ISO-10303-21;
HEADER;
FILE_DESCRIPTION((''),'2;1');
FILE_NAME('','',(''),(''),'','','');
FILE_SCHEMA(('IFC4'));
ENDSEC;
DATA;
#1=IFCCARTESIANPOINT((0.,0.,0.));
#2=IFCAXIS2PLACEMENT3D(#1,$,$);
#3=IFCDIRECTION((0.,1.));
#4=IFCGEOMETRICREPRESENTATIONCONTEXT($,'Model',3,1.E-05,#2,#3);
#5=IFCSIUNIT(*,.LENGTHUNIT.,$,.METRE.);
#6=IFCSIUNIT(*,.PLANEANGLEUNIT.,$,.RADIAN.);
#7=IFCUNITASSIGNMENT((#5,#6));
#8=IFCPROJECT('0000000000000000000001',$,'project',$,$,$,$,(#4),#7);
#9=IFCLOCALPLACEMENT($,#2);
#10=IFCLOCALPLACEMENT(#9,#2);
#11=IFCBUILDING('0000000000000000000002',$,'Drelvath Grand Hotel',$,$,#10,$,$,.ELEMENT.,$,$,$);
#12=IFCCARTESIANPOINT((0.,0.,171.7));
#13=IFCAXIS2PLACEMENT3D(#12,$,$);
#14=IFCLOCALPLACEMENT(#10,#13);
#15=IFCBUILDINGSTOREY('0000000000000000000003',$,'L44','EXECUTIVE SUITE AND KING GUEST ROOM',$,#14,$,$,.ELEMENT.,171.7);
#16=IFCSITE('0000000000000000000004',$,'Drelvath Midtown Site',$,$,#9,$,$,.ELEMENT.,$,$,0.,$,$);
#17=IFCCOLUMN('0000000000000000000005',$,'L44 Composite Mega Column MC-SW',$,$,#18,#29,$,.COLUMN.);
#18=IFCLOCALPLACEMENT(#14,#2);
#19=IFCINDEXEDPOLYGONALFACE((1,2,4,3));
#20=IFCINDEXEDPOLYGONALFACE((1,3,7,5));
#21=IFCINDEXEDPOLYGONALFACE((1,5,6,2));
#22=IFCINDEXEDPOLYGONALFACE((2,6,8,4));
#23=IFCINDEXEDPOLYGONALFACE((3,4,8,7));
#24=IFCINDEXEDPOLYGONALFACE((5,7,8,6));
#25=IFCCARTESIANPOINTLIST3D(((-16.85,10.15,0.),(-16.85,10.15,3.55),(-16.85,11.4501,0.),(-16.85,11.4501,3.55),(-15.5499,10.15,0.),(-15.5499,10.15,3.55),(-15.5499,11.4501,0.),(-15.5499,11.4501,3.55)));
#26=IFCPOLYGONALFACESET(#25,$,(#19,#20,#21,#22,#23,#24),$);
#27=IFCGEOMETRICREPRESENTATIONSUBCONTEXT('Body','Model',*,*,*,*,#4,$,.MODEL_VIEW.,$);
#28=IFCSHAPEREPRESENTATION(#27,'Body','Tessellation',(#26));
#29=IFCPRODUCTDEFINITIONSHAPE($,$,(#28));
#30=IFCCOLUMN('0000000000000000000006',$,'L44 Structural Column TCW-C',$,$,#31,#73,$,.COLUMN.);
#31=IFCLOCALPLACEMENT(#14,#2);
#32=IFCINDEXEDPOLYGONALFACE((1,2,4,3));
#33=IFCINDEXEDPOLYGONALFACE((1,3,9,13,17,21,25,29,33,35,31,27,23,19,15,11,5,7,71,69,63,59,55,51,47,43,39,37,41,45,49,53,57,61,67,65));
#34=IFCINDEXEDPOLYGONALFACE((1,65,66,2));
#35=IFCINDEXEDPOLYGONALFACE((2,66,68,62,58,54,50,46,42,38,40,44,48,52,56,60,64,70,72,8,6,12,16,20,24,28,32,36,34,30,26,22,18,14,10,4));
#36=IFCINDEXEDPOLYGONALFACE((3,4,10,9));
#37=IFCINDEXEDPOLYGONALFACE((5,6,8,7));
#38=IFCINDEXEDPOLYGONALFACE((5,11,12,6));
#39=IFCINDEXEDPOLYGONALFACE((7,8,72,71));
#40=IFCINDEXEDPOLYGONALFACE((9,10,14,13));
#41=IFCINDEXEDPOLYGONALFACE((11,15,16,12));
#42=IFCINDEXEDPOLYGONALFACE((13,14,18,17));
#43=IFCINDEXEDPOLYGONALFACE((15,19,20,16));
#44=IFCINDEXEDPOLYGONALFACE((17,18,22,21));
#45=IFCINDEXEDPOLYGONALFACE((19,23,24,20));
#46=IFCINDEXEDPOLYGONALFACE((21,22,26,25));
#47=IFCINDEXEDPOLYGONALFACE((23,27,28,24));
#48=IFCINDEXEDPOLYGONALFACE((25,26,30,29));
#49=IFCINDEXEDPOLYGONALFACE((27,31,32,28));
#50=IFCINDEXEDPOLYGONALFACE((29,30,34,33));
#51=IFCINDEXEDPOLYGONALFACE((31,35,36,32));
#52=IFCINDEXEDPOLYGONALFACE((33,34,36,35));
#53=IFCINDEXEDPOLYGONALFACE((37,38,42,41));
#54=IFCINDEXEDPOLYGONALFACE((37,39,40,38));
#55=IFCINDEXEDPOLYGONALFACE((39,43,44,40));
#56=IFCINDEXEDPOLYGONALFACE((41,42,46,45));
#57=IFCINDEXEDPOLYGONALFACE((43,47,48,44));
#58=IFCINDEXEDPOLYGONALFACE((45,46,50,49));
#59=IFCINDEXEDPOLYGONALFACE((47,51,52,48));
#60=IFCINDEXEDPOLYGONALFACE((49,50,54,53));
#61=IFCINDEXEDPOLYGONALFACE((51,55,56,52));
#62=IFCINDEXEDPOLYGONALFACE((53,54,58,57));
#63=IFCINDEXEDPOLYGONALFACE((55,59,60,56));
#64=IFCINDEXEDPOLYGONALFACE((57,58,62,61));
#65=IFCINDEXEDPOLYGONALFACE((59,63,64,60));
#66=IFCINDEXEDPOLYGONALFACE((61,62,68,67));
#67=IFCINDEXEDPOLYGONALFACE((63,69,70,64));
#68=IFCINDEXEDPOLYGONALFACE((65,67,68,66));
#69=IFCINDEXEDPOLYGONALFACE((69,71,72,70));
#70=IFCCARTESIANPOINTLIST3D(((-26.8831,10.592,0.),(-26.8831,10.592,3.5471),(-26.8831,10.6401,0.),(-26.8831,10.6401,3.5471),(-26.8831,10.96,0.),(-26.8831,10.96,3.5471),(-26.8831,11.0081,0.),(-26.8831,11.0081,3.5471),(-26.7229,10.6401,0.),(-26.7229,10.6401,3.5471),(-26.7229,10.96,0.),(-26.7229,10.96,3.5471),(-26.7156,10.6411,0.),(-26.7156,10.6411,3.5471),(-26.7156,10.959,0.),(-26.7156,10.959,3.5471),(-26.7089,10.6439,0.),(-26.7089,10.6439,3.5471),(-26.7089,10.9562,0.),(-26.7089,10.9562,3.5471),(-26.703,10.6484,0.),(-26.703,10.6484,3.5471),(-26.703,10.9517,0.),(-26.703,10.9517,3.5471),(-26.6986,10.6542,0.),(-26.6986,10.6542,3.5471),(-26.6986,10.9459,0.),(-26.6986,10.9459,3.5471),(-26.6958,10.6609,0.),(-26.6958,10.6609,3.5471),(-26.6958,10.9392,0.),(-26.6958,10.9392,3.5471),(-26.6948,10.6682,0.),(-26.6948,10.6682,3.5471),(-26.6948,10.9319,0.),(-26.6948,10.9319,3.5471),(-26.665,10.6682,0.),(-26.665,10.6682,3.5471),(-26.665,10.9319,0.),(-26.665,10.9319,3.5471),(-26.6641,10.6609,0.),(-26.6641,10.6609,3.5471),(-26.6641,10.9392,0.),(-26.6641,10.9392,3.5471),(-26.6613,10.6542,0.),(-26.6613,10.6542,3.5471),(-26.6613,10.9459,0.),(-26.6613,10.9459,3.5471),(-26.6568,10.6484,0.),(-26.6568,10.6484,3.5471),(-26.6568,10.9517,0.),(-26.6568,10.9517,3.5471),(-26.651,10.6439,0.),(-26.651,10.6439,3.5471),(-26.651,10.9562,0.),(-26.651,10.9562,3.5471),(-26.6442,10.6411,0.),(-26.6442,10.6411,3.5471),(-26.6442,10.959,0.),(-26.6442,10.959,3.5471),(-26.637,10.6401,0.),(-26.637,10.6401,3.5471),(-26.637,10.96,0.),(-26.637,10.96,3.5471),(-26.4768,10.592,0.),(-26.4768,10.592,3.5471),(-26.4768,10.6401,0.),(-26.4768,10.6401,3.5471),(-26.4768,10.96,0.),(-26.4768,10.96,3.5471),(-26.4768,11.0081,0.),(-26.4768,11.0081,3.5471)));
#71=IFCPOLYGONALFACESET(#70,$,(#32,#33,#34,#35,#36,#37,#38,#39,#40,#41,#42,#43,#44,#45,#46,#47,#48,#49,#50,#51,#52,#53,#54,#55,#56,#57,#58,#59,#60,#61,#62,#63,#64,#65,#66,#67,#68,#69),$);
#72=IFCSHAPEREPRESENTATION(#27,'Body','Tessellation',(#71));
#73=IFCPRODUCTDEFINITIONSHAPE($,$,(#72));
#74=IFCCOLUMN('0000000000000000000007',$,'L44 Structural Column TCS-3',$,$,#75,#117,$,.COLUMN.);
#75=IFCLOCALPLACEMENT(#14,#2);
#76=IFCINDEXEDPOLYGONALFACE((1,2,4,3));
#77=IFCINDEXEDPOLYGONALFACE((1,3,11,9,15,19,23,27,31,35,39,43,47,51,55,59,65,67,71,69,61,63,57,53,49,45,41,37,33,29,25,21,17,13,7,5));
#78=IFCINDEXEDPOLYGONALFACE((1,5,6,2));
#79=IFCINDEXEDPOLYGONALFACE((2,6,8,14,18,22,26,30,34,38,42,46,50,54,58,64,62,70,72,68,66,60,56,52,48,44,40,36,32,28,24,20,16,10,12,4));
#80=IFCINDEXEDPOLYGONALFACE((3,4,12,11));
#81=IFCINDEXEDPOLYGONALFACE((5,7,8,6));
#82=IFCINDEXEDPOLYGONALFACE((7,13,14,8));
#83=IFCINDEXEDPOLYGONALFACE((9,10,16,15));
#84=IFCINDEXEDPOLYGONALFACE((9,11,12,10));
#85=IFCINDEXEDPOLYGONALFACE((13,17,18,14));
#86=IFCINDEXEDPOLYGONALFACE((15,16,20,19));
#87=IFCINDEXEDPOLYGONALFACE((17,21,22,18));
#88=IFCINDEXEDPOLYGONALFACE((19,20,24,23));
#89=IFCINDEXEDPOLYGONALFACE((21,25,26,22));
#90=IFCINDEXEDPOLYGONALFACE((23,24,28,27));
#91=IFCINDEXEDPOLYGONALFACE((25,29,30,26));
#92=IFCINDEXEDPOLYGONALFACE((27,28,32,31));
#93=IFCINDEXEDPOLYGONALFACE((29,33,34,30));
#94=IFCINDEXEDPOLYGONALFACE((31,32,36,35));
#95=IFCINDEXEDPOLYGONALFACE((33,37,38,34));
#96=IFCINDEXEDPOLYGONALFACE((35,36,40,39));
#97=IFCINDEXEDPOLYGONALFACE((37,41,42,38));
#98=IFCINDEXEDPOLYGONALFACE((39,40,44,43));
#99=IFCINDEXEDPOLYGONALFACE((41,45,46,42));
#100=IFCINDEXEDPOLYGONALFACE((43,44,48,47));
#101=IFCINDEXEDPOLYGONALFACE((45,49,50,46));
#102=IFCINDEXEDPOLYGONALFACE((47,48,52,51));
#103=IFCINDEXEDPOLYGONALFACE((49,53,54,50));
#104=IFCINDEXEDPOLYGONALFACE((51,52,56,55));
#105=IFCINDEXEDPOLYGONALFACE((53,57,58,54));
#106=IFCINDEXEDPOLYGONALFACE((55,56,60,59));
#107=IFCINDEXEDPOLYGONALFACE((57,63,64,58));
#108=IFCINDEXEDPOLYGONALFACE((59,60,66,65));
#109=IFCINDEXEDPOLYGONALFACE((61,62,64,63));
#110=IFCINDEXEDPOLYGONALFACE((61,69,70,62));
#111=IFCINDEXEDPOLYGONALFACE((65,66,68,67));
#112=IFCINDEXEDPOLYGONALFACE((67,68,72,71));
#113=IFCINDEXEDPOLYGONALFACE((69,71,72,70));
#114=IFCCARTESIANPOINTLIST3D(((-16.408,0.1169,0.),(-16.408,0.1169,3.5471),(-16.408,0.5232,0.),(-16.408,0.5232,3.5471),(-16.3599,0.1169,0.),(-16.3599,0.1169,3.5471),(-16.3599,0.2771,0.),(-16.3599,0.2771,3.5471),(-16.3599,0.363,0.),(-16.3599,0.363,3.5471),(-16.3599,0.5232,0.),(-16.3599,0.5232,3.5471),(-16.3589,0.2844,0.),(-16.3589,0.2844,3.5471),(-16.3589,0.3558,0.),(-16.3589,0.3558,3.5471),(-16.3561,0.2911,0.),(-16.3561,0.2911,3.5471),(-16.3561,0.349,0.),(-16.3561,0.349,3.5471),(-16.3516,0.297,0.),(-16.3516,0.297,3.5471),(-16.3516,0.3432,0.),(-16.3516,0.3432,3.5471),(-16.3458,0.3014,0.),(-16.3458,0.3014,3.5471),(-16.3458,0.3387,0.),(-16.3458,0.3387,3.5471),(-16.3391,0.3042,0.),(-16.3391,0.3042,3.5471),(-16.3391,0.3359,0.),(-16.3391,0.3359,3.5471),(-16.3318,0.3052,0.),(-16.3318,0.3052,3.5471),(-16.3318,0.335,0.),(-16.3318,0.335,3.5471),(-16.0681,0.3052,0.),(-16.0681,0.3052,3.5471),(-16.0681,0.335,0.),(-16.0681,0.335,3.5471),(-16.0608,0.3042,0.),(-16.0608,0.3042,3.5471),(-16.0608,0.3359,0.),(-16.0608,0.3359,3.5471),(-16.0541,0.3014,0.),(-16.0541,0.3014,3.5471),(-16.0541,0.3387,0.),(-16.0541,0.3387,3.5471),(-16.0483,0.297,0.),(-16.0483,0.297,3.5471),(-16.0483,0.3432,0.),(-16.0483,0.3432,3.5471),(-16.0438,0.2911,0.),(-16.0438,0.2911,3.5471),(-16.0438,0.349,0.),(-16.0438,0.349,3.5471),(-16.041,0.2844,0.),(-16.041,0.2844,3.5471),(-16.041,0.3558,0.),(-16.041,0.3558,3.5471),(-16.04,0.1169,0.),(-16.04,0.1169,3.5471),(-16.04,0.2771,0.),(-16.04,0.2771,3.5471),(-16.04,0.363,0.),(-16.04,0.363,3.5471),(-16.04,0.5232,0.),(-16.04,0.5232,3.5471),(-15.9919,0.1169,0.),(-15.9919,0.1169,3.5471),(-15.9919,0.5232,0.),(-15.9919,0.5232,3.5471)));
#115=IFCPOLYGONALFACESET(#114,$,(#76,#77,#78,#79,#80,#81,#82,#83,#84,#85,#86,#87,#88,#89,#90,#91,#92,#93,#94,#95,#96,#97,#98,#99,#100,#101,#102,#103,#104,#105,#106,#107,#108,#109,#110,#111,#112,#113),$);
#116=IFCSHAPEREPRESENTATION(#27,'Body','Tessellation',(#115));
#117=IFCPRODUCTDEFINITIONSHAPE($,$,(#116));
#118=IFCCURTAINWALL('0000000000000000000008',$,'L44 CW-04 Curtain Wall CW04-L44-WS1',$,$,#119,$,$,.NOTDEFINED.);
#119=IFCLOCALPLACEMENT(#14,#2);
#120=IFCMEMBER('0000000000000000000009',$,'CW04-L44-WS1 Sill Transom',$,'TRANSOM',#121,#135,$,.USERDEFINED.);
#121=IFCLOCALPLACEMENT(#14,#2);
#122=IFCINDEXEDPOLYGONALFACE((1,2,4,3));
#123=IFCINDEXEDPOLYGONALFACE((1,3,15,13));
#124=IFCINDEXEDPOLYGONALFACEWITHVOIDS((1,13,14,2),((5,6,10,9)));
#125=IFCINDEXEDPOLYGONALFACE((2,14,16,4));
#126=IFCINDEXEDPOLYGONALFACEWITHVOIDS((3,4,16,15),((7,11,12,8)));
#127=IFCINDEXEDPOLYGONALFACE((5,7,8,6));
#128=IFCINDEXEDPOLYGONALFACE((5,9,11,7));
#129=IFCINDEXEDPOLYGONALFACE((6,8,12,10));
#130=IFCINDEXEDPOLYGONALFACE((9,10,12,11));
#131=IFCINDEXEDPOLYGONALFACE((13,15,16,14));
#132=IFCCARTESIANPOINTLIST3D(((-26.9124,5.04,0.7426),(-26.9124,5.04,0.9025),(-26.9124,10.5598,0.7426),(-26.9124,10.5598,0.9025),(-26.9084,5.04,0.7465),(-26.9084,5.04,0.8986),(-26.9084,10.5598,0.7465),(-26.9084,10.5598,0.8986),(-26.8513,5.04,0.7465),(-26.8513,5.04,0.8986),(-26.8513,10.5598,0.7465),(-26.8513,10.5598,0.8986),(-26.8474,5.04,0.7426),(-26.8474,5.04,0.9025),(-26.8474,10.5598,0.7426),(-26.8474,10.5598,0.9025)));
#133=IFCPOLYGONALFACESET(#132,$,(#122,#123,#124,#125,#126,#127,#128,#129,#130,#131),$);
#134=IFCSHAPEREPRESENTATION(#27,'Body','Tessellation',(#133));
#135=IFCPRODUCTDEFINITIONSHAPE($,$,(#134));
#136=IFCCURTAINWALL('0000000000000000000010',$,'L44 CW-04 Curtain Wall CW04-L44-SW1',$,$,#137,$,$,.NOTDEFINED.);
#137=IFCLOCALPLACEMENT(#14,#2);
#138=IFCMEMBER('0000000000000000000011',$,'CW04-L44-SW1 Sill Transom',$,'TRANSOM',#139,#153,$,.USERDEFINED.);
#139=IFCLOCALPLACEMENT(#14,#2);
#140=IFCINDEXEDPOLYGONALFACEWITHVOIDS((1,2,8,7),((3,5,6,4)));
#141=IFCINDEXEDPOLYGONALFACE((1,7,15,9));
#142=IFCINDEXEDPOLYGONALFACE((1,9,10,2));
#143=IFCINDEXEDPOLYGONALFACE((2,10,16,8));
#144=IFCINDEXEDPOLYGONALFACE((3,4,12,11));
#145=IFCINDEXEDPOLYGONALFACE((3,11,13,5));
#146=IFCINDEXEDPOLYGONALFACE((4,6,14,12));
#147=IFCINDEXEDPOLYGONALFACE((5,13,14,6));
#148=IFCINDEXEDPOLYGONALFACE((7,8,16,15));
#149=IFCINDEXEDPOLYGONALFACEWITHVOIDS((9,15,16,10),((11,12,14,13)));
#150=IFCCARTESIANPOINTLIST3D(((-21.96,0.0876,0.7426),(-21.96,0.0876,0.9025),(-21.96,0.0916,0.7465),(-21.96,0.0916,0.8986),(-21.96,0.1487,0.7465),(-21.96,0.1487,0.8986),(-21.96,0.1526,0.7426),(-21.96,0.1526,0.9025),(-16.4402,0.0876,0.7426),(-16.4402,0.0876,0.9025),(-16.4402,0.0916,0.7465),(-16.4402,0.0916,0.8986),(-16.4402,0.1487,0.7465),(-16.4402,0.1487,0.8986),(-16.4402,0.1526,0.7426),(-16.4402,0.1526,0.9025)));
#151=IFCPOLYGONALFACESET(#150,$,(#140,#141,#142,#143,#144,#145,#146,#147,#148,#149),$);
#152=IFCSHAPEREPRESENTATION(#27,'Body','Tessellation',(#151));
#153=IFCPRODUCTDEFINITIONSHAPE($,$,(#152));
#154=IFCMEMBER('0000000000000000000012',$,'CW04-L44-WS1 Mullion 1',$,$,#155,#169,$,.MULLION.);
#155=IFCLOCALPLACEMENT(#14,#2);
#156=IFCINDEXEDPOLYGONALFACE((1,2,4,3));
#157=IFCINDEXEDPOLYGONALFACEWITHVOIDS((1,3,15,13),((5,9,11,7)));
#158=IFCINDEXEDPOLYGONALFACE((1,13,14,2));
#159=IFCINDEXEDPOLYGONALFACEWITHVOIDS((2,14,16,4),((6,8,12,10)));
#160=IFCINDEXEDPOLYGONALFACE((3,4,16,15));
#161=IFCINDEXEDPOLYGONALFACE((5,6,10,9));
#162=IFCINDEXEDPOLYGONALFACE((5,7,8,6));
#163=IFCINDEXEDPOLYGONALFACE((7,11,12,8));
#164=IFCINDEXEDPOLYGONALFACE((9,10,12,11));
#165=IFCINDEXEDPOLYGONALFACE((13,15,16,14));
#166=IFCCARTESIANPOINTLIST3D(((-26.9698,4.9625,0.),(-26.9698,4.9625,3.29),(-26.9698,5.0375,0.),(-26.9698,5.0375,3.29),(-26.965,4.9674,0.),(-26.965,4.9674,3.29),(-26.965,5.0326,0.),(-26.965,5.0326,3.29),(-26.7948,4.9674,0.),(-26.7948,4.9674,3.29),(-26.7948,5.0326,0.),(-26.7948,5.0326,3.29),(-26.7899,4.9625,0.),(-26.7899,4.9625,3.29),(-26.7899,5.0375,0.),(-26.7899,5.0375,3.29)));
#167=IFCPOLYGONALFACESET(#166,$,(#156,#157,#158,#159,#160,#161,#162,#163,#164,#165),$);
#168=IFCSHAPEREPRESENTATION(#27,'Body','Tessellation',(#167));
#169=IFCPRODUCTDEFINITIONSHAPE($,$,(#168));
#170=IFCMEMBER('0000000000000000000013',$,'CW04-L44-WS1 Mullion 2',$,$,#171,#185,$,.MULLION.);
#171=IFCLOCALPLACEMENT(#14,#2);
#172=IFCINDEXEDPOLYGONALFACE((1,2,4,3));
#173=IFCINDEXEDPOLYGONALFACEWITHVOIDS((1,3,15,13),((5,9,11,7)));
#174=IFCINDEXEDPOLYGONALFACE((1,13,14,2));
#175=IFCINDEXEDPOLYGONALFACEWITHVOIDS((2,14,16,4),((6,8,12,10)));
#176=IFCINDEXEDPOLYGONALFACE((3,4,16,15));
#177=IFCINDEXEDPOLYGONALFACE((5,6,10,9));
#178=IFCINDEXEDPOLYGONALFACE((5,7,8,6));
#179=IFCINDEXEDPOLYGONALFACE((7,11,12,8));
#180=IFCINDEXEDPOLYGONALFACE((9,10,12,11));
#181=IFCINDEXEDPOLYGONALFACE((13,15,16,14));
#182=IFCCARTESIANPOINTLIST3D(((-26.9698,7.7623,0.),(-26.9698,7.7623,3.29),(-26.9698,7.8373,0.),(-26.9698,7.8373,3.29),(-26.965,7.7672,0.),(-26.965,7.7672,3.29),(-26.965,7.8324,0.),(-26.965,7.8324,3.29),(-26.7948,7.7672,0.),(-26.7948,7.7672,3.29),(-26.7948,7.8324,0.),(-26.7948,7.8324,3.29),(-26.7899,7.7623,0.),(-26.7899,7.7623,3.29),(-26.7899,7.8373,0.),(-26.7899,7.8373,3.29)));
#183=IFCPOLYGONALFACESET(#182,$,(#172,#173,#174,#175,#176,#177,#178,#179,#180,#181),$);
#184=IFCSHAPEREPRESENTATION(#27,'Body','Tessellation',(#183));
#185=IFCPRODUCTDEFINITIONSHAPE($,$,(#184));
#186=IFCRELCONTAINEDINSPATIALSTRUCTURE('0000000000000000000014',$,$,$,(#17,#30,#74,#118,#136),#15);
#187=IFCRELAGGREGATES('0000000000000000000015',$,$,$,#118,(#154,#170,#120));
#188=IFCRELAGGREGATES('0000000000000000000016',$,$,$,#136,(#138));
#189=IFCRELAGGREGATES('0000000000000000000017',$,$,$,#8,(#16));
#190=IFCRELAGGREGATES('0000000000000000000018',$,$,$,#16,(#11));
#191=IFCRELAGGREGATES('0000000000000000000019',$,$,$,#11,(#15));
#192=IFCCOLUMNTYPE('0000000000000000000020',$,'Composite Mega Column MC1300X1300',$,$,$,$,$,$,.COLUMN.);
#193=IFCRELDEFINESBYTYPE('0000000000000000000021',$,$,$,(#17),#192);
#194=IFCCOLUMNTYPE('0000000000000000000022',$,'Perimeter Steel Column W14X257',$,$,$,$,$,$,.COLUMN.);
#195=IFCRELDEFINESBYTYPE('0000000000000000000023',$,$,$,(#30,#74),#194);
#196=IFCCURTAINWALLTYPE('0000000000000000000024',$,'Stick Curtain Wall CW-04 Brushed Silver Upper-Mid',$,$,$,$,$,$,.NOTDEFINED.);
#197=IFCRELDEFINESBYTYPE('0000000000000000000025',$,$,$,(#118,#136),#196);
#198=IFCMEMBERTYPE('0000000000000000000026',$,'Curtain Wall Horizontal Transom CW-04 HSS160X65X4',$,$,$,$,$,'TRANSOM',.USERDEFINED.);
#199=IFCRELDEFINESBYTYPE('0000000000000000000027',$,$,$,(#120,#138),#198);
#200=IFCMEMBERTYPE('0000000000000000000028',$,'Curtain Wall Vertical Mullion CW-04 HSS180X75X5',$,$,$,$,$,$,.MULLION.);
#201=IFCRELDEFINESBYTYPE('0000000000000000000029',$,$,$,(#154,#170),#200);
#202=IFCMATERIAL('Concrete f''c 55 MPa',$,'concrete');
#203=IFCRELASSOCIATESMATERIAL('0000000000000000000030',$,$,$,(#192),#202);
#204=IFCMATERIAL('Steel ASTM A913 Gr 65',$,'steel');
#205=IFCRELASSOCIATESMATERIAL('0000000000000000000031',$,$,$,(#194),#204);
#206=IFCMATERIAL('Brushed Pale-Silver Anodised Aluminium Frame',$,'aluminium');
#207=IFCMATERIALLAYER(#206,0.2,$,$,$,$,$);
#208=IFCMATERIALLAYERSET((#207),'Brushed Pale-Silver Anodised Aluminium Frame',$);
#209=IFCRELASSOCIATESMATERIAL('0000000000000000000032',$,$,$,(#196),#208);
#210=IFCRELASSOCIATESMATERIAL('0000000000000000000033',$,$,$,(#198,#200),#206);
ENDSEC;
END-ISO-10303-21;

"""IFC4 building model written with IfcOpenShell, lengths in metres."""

from ifc_helpers import new_model, si_unit, direction, frame, origin, origin_2d, place, context, subcontext, project, spatial, rectangle, hollow_rectangle, i_section, extrude, material, layer, layer_set, material_profile, profile_set, type_object, element, aggregate, save


model = new_model("IFC4")

# Units and contexts
model_context = context("Model", 3, precision=1e-05, world=origin(), true_north=direction((0.0, 1.0)))
body_context = subcontext(model_context, "Body", "Model", "MODEL_VIEW")
ifc_project = project(units=[si_unit("LENGTHUNIT", "METRE"), si_unit("PLANEANGLEUNIT", "RADIAN")], contexts=[model_context])

# Site, building, storey
site_placement = place(None, origin())
site = spatial("IfcSite", under=ifc_project, at=site_placement, Name="Drelvath Midtown Site", CompositionType="ELEMENT", RefElevation=0.0)
building_placement = place(site_placement, origin())
building = spatial("IfcBuilding", under=site, at=building_placement, Name="Drelvath Grand Hotel", CompositionType="ELEMENT")
storey_placement = place(building_placement, frame((0.0, 0.0, 171.7)))
storey = spatial("IfcBuildingStorey", under=building, at=storey_placement, Name="L44", Description="EXECUTIVE SUITE AND KING GUEST ROOM", CompositionType="ELEMENT", Elevation=171.7)

# Columns
ifc_material_1 = material(Name="Concrete f'c 55 MPa", Category="concrete")
ifc_material_profile_1 = material_profile(ifc_material_1, rectangle(XDim=1.3, YDim=1.3, at=origin_2d()), Name="MC1300X1300")
ifc_profile_set_1 = profile_set([ifc_material_profile_1], Name="Concrete f'c 55 MPa")
column_type_1 = type_object("IfcColumnType", Name="Composite Mega Column MC1300X1300", PredefinedType="COLUMN", material=ifc_profile_set_1)
column_placement = place(storey_placement, frame((-16.2, 10.8, 0.0), z_axis=(0.0, 0.0, 1.0), x_axis=(1.0, 0.0, 0.0)))
element("IfcColumn", 1, at=column_placement, inside=storey, type_object=column_type_1, Name="L44 Composite Mega Column MC-SW", PredefinedType="COLUMN", context=body_context, shape_type="SweptSolid", body=[
    extrude(rectangle(XDim=1.3, YDim=1.3, at=origin_2d()), origin(), (0.0, 0.0, 1.0), 3.55),
])
ifc_material_2 = material(Name="Steel ASTM A913 Gr 65", Category="steel")
ifc_material_profile_2 = material_profile(ifc_material_2, i_section(OverallWidth=0.4062, OverallDepth=0.416, WebThickness=0.0298, FlangeThickness=0.0481, FilletRadius=0.0281, at=origin_2d()), Name="W14X257")
ifc_profile_set_2 = profile_set([ifc_material_profile_2], Name="Steel ASTM A913 Gr 65")
column_type_2 = type_object("IfcColumnType", Name="Perimeter Steel Column W14X257", PredefinedType="COLUMN", material=ifc_profile_set_2)
for number, where, z_axis, x_axis, name in (
    (2, (-26.6799, 10.8, 0.0), (0.0, 0.0, 1.0), (1.0, 0.0, 0.0), "L44 Structural Column TCW-C"),
    (3, (-16.2, 0.3201, 0.0), (0.0, 0.0, 1.0), (0.0, 1.0, 0.0), "L44 Structural Column TCS-3"),
):
    element("IfcColumn", number, at=place(storey_placement, frame(where, z_axis=z_axis, x_axis=x_axis)), inside=storey, type_object=column_type_2, Name=name, PredefinedType="COLUMN", context=body_context, shape_type="SweptSolid", body=[
        extrude(i_section(OverallWidth=0.4062, OverallDepth=0.416, WebThickness=0.0298, FlangeThickness=0.0481, FilletRadius=0.0281, at=origin_2d()), origin(), (0.0, 0.0, 1.0), 3.5471),
    ])

# Curtain walls, members
ifc_material_3 = material(Name="Brushed Pale-Silver Anodised Aluminium Frame", Category="aluminium")
ifc_layer_1 = layer(ifc_material_3, 0.2)
ifc_layer_set_1 = layer_set([ifc_layer_1], Name="Brushed Pale-Silver Anodised Aluminium Frame")
curtain_wall_type = type_object("IfcCurtainWallType", Name="Stick Curtain Wall CW-04 Brushed Silver Upper-Mid", PredefinedType="NOTDEFINED", material=ifc_layer_set_1)
curtain_wall_1_placement = place(storey_placement, origin())
curtain_wall_1 = element("IfcCurtainWall", 4, at=curtain_wall_1_placement, inside=storey, type_object=curtain_wall_type, Name="L44 CW-04 Curtain Wall CW04-L44-WS1", PredefinedType="NOTDEFINED")
ifc_material_profile_3 = material_profile(ifc_material_3, hollow_rectangle(XDim=0.0649, YDim=0.1599, WallThickness=0.0039, at=origin_2d()), Name="HSS160X65X4")
ifc_profile_set_3 = profile_set([ifc_material_profile_3], Name="Brushed Pale-Silver Anodised Aluminium Frame")
member_type_1 = type_object("IfcMemberType", Name="Curtain Wall Horizontal Transom CW-04 HSS160X65X4", ElementType="TRANSOM", PredefinedType="USERDEFINED", material=ifc_profile_set_3)
member_1_placement = place(storey_placement, frame((-26.8799, 5.04, 0.8225), z_axis=(0.0, 1.0, 0.0), x_axis=(-1.0, 0.0, 0.0)))
member_1 = element("IfcMember", 5, at=member_1_placement, type_object=member_type_1, Name="CW04-L44-WS1 Sill Transom", ObjectType="TRANSOM", PredefinedType="USERDEFINED", context=body_context, shape_type="SweptSolid", body=[
    extrude(hollow_rectangle(XDim=0.0649, YDim=0.1599, WallThickness=0.0039, at=origin_2d()), origin(), (0.0, 0.0, 1.0), 5.5198),
])
curtain_wall_2_placement = place(storey_placement, origin())
curtain_wall_2 = element("IfcCurtainWall", 6, at=curtain_wall_2_placement, inside=storey, type_object=curtain_wall_type, Name="L44 CW-04 Curtain Wall CW04-L44-SW1", PredefinedType="NOTDEFINED")
member_2_placement = place(storey_placement, frame((-16.4402, 0.1201, 0.8225), z_axis=(-1.0, 0.0, 0.0), x_axis=(0.0, -1.0, 0.0)))
member_2 = element("IfcMember", 7, at=member_2_placement, type_object=member_type_1, Name="CW04-L44-SW1 Sill Transom", ObjectType="TRANSOM", PredefinedType="USERDEFINED", context=body_context, shape_type="SweptSolid", body=[
    extrude(hollow_rectangle(XDim=0.0649, YDim=0.1599, WallThickness=0.0039, at=origin_2d()), origin(), (0.0, 0.0, 1.0), 5.5198),
])

# Members
ifc_material_profile_4 = material_profile(ifc_material_3, hollow_rectangle(XDim=0.075, YDim=0.1799, WallThickness=0.0049, at=origin_2d()), Name="HSS180X75X5")
ifc_profile_set_4 = profile_set([ifc_material_profile_4], Name="Brushed Pale-Silver Anodised Aluminium Frame")
member_type_2 = type_object("IfcMemberType", Name="Curtain Wall Vertical Mullion CW-04 HSS180X75X5", PredefinedType="MULLION", material=ifc_profile_set_4)
member_3_placement = place(storey_placement, frame((-26.8799, 5.0, 0.0), z_axis=(0.0, 0.0, 1.0), x_axis=(0.0, 1.0, 0.0)))
member_3 = element("IfcMember", 8, at=member_3_placement, type_object=member_type_2, Name="CW04-L44-WS1 Mullion 1", PredefinedType="MULLION", context=body_context, shape_type="SweptSolid", body=[
    extrude(hollow_rectangle(XDim=0.075, YDim=0.1799, WallThickness=0.0049, at=origin_2d()), origin(), (0.0, 0.0, 1.0), 3.29),
])
member_4_placement = place(storey_placement, frame((-26.8799, 7.7998, 0.0), z_axis=(0.0, 0.0, 1.0), x_axis=(0.0, 1.0, 0.0)))
member_4 = element("IfcMember", 9, at=member_4_placement, type_object=member_type_2, Name="CW04-L44-WS1 Mullion 2", PredefinedType="MULLION", context=body_context, shape_type="SweptSolid", body=[
    extrude(hollow_rectangle(XDim=0.075, YDim=0.1799, WallThickness=0.0049, at=origin_2d()), origin(), (0.0, 0.0, 1.0), 3.29),
])

aggregate(curtain_wall_1, [member_3, member_4, member_1])
aggregate(curtain_wall_2, [member_2])

save(model, "model.ifc")
